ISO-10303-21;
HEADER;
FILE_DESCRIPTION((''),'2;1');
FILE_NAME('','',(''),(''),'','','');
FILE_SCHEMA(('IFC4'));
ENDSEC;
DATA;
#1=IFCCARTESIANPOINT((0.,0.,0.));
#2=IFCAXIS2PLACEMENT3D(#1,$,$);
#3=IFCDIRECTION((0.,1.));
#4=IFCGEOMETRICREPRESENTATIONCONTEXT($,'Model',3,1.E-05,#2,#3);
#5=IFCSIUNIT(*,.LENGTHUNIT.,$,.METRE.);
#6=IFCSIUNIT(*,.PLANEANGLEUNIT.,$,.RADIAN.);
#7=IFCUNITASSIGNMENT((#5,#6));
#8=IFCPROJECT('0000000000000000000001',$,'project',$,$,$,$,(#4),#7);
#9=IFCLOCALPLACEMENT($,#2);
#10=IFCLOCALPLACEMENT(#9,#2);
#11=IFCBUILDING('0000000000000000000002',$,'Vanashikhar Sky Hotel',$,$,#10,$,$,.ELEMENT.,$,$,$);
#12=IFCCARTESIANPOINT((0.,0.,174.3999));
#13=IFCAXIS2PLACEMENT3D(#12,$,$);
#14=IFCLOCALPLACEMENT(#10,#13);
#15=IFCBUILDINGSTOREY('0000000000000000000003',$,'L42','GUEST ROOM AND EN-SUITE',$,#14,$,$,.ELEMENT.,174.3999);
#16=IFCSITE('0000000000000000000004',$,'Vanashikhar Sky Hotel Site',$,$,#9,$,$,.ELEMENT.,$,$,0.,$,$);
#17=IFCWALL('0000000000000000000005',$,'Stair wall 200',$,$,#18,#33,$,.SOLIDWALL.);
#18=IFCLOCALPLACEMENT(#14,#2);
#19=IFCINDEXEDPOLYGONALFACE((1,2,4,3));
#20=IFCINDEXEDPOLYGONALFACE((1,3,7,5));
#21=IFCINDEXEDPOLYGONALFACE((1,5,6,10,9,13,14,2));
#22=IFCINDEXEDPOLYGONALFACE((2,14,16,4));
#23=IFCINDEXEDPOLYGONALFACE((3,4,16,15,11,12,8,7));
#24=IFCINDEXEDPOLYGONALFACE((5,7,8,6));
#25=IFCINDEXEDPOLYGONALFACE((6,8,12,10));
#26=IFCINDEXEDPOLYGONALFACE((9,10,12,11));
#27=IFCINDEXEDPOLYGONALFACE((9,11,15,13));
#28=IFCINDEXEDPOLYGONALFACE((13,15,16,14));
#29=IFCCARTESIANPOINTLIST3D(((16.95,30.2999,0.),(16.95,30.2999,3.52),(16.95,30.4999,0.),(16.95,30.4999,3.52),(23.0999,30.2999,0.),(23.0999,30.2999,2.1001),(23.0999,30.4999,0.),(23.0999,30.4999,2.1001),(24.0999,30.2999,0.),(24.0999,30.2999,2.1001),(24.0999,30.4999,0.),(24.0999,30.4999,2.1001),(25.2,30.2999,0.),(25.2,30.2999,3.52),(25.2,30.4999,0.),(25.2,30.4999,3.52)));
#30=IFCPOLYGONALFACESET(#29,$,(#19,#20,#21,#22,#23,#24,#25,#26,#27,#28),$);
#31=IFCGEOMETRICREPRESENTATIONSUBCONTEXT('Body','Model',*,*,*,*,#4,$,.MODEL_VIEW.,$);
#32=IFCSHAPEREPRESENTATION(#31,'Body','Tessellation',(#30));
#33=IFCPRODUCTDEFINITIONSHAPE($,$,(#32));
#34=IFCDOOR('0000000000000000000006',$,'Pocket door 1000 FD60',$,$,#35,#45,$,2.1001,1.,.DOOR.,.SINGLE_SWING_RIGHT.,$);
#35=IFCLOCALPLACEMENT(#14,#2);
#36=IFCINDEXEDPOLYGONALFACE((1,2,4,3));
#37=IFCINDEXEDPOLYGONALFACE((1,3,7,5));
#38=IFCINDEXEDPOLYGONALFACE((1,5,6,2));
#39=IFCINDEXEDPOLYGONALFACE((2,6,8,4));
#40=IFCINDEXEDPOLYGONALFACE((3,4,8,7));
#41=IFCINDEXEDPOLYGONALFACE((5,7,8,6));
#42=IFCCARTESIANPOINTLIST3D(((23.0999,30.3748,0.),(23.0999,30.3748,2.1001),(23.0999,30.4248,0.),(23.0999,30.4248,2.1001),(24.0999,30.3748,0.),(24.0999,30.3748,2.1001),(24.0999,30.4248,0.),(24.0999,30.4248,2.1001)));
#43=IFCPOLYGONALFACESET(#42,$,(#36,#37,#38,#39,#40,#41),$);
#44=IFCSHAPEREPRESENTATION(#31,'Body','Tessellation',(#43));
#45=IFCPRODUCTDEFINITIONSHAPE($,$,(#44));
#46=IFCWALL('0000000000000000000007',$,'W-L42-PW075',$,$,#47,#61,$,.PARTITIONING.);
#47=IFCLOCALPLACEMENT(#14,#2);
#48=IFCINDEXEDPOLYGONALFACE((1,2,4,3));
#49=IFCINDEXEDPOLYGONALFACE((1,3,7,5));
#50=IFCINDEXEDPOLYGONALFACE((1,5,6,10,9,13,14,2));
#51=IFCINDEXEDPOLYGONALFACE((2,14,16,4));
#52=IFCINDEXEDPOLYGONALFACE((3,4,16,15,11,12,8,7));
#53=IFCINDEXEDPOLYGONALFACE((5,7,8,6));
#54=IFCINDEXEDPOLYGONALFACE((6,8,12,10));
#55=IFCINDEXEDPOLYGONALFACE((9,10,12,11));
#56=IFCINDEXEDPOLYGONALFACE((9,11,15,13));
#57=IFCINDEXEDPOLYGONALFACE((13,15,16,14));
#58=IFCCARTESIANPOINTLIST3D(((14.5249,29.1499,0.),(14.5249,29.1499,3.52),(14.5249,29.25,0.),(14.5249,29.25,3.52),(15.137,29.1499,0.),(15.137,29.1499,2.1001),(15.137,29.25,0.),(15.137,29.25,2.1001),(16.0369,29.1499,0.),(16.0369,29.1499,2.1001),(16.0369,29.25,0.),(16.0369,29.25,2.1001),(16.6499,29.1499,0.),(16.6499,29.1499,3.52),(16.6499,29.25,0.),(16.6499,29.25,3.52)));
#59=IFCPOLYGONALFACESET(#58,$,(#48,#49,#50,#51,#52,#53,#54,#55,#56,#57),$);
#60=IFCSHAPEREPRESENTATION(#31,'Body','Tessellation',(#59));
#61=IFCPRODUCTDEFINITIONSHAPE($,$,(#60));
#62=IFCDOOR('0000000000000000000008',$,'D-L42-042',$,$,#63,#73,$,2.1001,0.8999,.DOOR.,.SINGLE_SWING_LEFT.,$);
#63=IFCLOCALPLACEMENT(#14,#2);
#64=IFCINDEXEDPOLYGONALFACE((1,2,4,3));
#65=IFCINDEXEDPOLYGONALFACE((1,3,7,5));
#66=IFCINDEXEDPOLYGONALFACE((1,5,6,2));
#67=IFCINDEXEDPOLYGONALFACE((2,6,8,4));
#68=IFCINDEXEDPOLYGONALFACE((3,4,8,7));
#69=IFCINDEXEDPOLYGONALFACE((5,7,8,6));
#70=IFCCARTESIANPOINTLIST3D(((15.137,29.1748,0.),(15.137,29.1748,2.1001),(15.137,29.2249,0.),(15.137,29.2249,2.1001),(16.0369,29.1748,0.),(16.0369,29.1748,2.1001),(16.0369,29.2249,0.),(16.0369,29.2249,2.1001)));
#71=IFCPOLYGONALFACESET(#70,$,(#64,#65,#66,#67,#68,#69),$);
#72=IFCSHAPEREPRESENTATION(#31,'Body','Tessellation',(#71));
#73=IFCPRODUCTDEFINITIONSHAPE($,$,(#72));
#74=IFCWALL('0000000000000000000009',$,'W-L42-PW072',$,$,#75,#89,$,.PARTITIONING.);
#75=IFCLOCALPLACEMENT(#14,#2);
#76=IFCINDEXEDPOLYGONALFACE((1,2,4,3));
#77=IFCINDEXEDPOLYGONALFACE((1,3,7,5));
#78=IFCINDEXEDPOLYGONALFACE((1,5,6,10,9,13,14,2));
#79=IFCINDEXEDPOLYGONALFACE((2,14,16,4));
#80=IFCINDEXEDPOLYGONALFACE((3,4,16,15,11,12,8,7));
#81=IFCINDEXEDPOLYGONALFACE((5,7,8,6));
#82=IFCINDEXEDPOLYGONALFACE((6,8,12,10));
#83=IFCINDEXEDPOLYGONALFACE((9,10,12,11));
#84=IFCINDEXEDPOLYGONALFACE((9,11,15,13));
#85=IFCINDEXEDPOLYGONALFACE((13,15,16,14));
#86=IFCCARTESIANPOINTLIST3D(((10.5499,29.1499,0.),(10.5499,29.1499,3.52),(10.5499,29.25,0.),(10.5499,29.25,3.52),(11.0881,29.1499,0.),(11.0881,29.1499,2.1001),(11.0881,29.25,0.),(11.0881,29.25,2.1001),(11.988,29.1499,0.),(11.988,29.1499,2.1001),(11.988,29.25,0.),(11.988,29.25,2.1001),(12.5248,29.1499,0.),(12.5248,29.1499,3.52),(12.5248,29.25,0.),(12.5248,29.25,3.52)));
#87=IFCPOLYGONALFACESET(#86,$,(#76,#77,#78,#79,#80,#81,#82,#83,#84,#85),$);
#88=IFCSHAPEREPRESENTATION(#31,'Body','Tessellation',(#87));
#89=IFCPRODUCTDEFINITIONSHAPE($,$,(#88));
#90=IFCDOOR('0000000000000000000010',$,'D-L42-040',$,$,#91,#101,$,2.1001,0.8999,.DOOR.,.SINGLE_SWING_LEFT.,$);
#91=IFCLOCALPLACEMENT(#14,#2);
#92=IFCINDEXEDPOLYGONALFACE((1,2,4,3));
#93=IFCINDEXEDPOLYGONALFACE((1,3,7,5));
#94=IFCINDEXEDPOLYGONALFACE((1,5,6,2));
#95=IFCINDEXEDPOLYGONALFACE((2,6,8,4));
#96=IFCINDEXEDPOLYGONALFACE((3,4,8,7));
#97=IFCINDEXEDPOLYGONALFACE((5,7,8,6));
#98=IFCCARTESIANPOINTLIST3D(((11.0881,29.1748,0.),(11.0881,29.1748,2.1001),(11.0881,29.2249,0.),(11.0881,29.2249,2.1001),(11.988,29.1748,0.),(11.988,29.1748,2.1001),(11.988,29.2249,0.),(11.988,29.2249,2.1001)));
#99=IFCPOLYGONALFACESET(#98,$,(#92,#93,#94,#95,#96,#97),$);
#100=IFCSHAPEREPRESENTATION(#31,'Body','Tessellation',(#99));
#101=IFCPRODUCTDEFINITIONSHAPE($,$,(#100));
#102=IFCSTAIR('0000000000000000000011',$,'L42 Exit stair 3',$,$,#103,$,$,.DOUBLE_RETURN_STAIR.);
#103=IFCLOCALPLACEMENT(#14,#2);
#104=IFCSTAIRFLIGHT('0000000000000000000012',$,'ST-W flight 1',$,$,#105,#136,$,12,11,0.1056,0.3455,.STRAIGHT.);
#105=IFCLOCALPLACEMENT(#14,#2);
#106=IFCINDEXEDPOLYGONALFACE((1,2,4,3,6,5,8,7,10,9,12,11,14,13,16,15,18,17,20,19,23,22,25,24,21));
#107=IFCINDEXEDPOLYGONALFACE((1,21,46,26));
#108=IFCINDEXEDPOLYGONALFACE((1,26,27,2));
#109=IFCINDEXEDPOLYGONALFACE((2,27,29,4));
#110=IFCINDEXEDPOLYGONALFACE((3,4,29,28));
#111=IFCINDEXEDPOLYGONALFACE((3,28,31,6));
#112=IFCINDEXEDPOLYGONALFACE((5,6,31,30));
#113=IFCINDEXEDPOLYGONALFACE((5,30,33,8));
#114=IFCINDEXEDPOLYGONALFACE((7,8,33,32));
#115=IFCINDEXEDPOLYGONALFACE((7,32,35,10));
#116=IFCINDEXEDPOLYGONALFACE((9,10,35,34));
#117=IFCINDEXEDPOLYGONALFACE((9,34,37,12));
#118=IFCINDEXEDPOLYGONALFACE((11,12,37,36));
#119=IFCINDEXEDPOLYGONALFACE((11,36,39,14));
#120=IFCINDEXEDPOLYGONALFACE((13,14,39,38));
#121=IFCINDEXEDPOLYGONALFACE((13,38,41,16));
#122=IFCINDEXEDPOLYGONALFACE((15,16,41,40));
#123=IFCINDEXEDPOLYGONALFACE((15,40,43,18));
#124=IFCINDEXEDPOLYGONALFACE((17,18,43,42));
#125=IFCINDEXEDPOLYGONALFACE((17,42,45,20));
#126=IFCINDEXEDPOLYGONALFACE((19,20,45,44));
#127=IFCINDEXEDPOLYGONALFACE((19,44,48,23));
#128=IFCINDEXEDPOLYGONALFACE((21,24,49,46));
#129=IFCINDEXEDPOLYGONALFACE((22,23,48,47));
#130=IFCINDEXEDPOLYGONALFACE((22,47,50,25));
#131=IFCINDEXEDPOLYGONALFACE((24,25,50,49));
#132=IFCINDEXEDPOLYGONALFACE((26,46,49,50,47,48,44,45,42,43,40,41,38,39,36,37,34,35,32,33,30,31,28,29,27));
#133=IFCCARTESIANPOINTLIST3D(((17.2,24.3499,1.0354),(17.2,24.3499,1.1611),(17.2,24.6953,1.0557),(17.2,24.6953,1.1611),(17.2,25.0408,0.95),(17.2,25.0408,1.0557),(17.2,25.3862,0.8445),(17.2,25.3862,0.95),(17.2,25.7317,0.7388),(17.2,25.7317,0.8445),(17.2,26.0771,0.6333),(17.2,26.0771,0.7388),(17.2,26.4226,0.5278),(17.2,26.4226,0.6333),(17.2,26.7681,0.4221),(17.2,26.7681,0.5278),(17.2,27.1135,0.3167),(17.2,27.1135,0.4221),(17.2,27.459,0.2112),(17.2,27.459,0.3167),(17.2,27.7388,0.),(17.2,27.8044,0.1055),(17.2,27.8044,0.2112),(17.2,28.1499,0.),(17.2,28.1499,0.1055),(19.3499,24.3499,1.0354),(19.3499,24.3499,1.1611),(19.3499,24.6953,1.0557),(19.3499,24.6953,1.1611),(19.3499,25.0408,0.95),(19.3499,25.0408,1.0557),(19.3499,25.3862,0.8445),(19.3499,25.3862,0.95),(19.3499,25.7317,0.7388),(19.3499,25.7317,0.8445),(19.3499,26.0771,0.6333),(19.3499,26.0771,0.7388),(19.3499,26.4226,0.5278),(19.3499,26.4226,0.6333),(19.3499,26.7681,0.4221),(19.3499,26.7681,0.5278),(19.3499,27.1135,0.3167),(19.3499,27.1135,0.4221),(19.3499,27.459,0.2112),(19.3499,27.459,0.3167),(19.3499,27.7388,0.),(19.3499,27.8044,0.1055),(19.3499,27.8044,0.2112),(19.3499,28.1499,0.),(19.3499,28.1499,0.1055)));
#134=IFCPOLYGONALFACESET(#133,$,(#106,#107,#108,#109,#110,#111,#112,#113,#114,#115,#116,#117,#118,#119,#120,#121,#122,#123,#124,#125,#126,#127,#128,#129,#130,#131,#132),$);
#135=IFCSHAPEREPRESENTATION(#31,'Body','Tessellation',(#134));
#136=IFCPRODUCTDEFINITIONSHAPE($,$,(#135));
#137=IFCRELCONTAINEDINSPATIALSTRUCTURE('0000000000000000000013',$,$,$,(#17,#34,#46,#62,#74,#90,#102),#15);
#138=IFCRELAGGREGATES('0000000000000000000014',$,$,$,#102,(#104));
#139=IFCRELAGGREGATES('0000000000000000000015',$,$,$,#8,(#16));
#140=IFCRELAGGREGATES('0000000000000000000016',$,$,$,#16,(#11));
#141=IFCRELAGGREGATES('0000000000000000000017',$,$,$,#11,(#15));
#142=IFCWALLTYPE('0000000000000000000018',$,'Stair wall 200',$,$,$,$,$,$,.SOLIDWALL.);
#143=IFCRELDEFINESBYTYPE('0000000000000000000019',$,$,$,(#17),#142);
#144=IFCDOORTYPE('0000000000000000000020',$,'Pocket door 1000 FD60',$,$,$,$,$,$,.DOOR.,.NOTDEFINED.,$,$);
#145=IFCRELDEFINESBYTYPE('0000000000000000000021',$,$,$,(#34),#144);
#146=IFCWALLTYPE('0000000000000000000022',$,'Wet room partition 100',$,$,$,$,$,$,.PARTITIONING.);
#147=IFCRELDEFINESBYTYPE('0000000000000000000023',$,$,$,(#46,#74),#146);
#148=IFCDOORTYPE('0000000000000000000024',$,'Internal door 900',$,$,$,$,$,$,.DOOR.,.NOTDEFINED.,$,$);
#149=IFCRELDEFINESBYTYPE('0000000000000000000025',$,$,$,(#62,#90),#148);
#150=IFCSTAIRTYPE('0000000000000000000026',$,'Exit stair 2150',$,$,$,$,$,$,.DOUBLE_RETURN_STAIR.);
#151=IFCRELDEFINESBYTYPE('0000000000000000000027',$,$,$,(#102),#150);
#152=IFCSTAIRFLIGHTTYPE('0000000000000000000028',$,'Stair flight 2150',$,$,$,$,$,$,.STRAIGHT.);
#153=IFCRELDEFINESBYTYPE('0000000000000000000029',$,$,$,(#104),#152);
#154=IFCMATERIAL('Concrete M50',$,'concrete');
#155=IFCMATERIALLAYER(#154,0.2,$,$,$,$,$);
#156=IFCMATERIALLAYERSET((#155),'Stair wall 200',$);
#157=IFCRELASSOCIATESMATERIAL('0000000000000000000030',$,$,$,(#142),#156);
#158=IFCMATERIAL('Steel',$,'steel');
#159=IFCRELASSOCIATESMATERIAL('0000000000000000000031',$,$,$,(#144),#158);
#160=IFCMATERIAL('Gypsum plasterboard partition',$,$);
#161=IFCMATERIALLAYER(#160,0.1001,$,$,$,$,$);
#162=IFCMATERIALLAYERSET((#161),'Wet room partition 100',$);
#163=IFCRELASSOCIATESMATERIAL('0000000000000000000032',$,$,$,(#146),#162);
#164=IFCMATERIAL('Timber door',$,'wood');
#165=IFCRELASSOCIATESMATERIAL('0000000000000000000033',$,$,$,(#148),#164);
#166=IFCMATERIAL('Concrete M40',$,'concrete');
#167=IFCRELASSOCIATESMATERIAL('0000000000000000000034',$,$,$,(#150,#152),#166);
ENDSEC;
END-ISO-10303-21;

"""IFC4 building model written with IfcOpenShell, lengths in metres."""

from ifc_helpers import new_model, si_unit, direction, frame, frame_2d, origin, place, context, subcontext, project, spatial, polyline, rectangle, outline, extrude, source, transform, mapped, material, layer, layer_set, type_object, element, fill, aggregate, save


model = new_model("IFC4")

# Units and contexts
model_context = context("Model", 3, precision=1e-05, world=origin(), true_north=direction((0.0, 1.0)))
body_context = subcontext(model_context, "Body", "Model", "MODEL_VIEW")
ifc_project = project(units=[si_unit("LENGTHUNIT", "METRE"), si_unit("PLANEANGLEUNIT", "RADIAN")], contexts=[model_context])

# Site, building, storey
site_placement = place(None, origin())
site = spatial("IfcSite", under=ifc_project, at=site_placement, Name="Vanashikhar Sky Hotel Site", CompositionType="ELEMENT", RefElevation=0.0)
building_placement = place(site_placement, origin())
building = spatial("IfcBuilding", under=site, at=building_placement, Name="Vanashikhar Sky Hotel", CompositionType="ELEMENT")
storey_placement = place(building_placement, frame((0.0, 0.0, 174.3999)))
storey = spatial("IfcBuildingStorey", under=building, at=storey_placement, Name="L42", Description="GUEST ROOM AND EN-SUITE", CompositionType="ELEMENT", Elevation=174.3999)

# Shared definitions
ifc_material_1 = material(Name="Concrete M50", Category="concrete")

# Walls, openings, doors
ifc_layer_1 = layer(ifc_material_1, 0.2)
ifc_layer_set_1 = layer_set([ifc_layer_1], Name="Stair wall 200")
wall_type_1 = type_object("IfcWallType", Name="Stair wall 200", PredefinedType="SOLIDWALL", material=ifc_layer_set_1)
shared_shape_1 = source(origin(), body_context, "Body", "SweptSolid", [
    extrude(rectangle(XDim=8.25, YDim=0.2, at=frame_2d((4.125, 0.0))), origin(), (0.0, 0.0, 1.0), 3.52),
])
wall_1_placement = place(storey_placement, frame((16.95, 30.3999, 0.0), z_axis=(0.0, 0.0, 1.0), x_axis=(1.0, 0.0, 0.0)))
wall_1 = element("IfcWall", 1, at=wall_1_placement, inside=storey, type_object=wall_type_1, Name="Stair wall 200", PredefinedType="SOLIDWALL", context=body_context, shape_type="MappedRepresentation", body=[
    mapped(shared_shape_1, transform((0.0, 0.0, 0.0), scale=1.0)),
])
shared_shape_2 = source(origin(), body_context, "Body", "SweptSolid", [
    extrude(rectangle(XDim=1.0, YDim=2.1001, at=frame_2d((0.5, 1.05))), frame((0.0, 0.1099, 0.0), z_axis=(0.0, -1.0, 0.0), x_axis=(1.0, 0.0, 0.0)), (0.0, 0.0, 1.0), 0.22),
])
opening_1_placement = place(wall_1_placement, frame((6.1499, 0.0, 0.0)))
opening_1 = element("IfcOpeningElement", 2, at=opening_1_placement, cuts=wall_1, PredefinedType="OPENING", context=body_context, shape_type="MappedRepresentation", body=[
    mapped(shared_shape_2, transform((0.0, 0.0, 0.0), scale=1.0)),
])
ifc_material_2 = material(Name="Steel", Category="steel")
door_type_1 = type_object("IfcDoorType", Name="Pocket door 1000 FD60", OperationType="NOTDEFINED", PredefinedType="DOOR", material=ifc_material_2)
shared_shape_3 = source(origin(), body_context, "Body", "SweptSolid", [
    extrude(rectangle(XDim=1.0, YDim=2.1001, at=frame_2d((0.5, 1.05))), frame((0.0, 0.0249, 0.0), z_axis=(0.0, -1.0, 0.0), x_axis=(1.0, 0.0, 0.0)), (0.0, 0.0, 1.0), 0.05),
])
door_1_placement = place(opening_1_placement, origin())
door_1 = element("IfcDoor", 3, at=door_1_placement, inside=storey, type_object=door_type_1, Name="Pocket door 1000 FD60", OperationType="SINGLE_SWING_RIGHT", OverallHeight=2.1001, OverallWidth=1.0, PredefinedType="DOOR", context=body_context, shape_type="MappedRepresentation", body=[
    mapped(shared_shape_3, transform((0.0, 0.0, 0.0), scale=1.0)),
])
fill(opening_1, door_1)
ifc_material_3 = material(Name="Gypsum plasterboard partition")
ifc_layer_2 = layer(ifc_material_3, 0.1001)
ifc_layer_set_2 = layer_set([ifc_layer_2], Name="Wet room partition 100")
wall_type_2 = type_object("IfcWallType", Name="Wet room partition 100", PredefinedType="PARTITIONING", material=ifc_layer_set_2)
shared_shape_4 = source(origin(), body_context, "Body", "SweptSolid", [
    extrude(rectangle(XDim=2.125, YDim=0.1001, at=frame_2d((1.0625, 0.0))), origin(), (0.0, 0.0, 1.0), 3.52),
])
wall_2_placement = place(storey_placement, frame((14.5249, 29.2, 0.0), z_axis=(0.0, 0.0, 1.0), x_axis=(1.0, 0.0, 0.0)))
wall_2 = element("IfcWall", 4, at=wall_2_placement, inside=storey, type_object=wall_type_2, Name="W-L42-PW075", PredefinedType="PARTITIONING", context=body_context, shape_type="MappedRepresentation", body=[
    mapped(shared_shape_4, transform((0.0, 0.0, 0.0), scale=1.0)),
])
shared_shape_5 = source(origin(), body_context, "Body", "SweptSolid", [
    extrude(rectangle(XDim=0.8999, YDim=2.1001, at=frame_2d((0.45, 1.05))), frame((0.0, 0.0601, 0.0), z_axis=(0.0, -1.0, 0.0), x_axis=(1.0, 0.0, 0.0)), (0.0, 0.0, 1.0), 0.1201),
])
opening_2_placement = place(wall_2_placement, frame((0.6121, 0.0, 0.0)))
opening_2 = element("IfcOpeningElement", 5, at=opening_2_placement, cuts=wall_2, PredefinedType="OPENING", context=body_context, shape_type="MappedRepresentation", body=[
    mapped(shared_shape_5, transform((0.0, 0.0, 0.0), scale=1.0)),
])
ifc_material_4 = material(Name="Timber door", Category="wood")
door_type_2 = type_object("IfcDoorType", Name="Internal door 900", OperationType="NOTDEFINED", PredefinedType="DOOR", material=ifc_material_4)
shared_shape_6 = source(origin(), body_context, "Body", "SweptSolid", [
    extrude(rectangle(XDim=0.8999, YDim=2.1001, at=frame_2d((0.45, 1.05))), frame((0.0, 0.0249, 0.0), z_axis=(0.0, -1.0, 0.0), x_axis=(1.0, 0.0, 0.0)), (0.0, 0.0, 1.0), 0.05),
])
door_2_placement = place(opening_2_placement, origin())
door_2 = element("IfcDoor", 6, at=door_2_placement, inside=storey, type_object=door_type_2, Name="D-L42-042", OperationType="SINGLE_SWING_LEFT", OverallHeight=2.1001, OverallWidth=0.8999, PredefinedType="DOOR", context=body_context, shape_type="MappedRepresentation", body=[
    mapped(shared_shape_6, transform((0.0, 0.0, 0.0), scale=1.0)),
])
fill(opening_2, door_2)
shared_shape_7 = source(origin(), body_context, "Body", "SweptSolid", [
    extrude(rectangle(XDim=1.9749, YDim=0.1001, at=frame_2d((0.9873, 0.0))), origin(), (0.0, 0.0, 1.0), 3.52),
])
wall_3_placement = place(storey_placement, frame((10.55, 29.2, 0.0), z_axis=(0.0, 0.0, 1.0), x_axis=(1.0, 0.0, 0.0)))
wall_3 = element("IfcWall", 7, at=wall_3_placement, inside=storey, type_object=wall_type_2, Name="W-L42-PW072", PredefinedType="PARTITIONING", context=body_context, shape_type="MappedRepresentation", body=[
    mapped(shared_shape_7, transform((0.0, 0.0, 0.0), scale=1.0)),
])
opening_3_placement = place(wall_3_placement, frame((0.5381, 0.0, 0.0)))
opening_3 = element("IfcOpeningElement", 8, at=opening_3_placement, cuts=wall_3, PredefinedType="OPENING", context=body_context, shape_type="MappedRepresentation", body=[
    mapped(shared_shape_5, transform((0.0, 0.0, 0.0), scale=1.0)),
])
door_3_placement = place(opening_3_placement, origin())
door_3 = element("IfcDoor", 9, at=door_3_placement, inside=storey, type_object=door_type_2, Name="D-L42-040", OperationType="SINGLE_SWING_LEFT", OverallHeight=2.1001, OverallWidth=0.8999, PredefinedType="DOOR", context=body_context, shape_type="MappedRepresentation", body=[
    mapped(shared_shape_6, transform((0.0, 0.0, 0.0), scale=1.0)),
])
fill(opening_3, door_3)

# Stair, stair flight
ifc_material_5 = material(Name="Concrete M40", Category="concrete")
stair_type = type_object("IfcStairType", Name="Exit stair 2150", PredefinedType="DOUBLE_RETURN_STAIR", material=ifc_material_5)
stair_placement = place(storey_placement, origin())
stair = element("IfcStair", 10, at=stair_placement, inside=storey, type_object=stair_type, Name="L42 Exit stair 3", PredefinedType="DOUBLE_RETURN_STAIR")
stair_flight_type = type_object("IfcStairFlightType", Name="Stair flight 2150", PredefinedType="STRAIGHT", material=ifc_material_5)
shared_shape_8 = source(origin(), body_context, "Body", "SweptSolid", [
    extrude(outline(polyline([(0.0, 0.0), (0.0, 0.1055), (0.3455, 0.1055), (0.3455, 0.2112), (0.6909, 0.2112), (0.6909, 0.3167), (1.0364, 0.3167), (1.0364, 0.4221), (1.3818, 0.4221), (1.3818, 0.5278), (1.7273, 0.5278), (1.7273, 0.6333), (2.0728, 0.6333), (2.0728, 0.7388), (2.4182, 0.7388), (2.4182, 0.8445), (2.7637, 0.8445), (2.7637, 0.95), (3.1091, 0.95), (3.1091, 1.0557), (3.4546, 1.0557), (3.4546, 1.1611), (3.8, 1.1611), (3.8, 1.2666), (3.8, 1.0354), (0.4111, 0.0), (0.0, 0.0)])), frame((0.0, 1.075, 0.0), z_axis=(0.0, -1.0, 0.0), x_axis=(1.0, 0.0, 0.0)), (0.0, 0.0, 1.0), 2.1499),
])
stair_flight_1_placement = place(storey_placement, frame((18.2749, 28.1499, 0.0), z_axis=(0.0, 0.0, 1.0), x_axis=(0.0, -1.0, 0.0)))
stair_flight_1 = element("IfcStairFlight", 11, at=stair_flight_1_placement, type_object=stair_flight_type, Name="ST-W flight 1", NumberOfRisers=12, NumberOfTreads=11, PredefinedType="STRAIGHT", RiserHeight=0.1056, TreadLength=0.3455, context=body_context, shape_type="MappedRepresentation", body=[
    mapped(shared_shape_8, transform((0.0, 0.0, 0.0), scale=1.0)),
])
aggregate(stair, [stair_flight_1])

save(model, "model.ifc")
